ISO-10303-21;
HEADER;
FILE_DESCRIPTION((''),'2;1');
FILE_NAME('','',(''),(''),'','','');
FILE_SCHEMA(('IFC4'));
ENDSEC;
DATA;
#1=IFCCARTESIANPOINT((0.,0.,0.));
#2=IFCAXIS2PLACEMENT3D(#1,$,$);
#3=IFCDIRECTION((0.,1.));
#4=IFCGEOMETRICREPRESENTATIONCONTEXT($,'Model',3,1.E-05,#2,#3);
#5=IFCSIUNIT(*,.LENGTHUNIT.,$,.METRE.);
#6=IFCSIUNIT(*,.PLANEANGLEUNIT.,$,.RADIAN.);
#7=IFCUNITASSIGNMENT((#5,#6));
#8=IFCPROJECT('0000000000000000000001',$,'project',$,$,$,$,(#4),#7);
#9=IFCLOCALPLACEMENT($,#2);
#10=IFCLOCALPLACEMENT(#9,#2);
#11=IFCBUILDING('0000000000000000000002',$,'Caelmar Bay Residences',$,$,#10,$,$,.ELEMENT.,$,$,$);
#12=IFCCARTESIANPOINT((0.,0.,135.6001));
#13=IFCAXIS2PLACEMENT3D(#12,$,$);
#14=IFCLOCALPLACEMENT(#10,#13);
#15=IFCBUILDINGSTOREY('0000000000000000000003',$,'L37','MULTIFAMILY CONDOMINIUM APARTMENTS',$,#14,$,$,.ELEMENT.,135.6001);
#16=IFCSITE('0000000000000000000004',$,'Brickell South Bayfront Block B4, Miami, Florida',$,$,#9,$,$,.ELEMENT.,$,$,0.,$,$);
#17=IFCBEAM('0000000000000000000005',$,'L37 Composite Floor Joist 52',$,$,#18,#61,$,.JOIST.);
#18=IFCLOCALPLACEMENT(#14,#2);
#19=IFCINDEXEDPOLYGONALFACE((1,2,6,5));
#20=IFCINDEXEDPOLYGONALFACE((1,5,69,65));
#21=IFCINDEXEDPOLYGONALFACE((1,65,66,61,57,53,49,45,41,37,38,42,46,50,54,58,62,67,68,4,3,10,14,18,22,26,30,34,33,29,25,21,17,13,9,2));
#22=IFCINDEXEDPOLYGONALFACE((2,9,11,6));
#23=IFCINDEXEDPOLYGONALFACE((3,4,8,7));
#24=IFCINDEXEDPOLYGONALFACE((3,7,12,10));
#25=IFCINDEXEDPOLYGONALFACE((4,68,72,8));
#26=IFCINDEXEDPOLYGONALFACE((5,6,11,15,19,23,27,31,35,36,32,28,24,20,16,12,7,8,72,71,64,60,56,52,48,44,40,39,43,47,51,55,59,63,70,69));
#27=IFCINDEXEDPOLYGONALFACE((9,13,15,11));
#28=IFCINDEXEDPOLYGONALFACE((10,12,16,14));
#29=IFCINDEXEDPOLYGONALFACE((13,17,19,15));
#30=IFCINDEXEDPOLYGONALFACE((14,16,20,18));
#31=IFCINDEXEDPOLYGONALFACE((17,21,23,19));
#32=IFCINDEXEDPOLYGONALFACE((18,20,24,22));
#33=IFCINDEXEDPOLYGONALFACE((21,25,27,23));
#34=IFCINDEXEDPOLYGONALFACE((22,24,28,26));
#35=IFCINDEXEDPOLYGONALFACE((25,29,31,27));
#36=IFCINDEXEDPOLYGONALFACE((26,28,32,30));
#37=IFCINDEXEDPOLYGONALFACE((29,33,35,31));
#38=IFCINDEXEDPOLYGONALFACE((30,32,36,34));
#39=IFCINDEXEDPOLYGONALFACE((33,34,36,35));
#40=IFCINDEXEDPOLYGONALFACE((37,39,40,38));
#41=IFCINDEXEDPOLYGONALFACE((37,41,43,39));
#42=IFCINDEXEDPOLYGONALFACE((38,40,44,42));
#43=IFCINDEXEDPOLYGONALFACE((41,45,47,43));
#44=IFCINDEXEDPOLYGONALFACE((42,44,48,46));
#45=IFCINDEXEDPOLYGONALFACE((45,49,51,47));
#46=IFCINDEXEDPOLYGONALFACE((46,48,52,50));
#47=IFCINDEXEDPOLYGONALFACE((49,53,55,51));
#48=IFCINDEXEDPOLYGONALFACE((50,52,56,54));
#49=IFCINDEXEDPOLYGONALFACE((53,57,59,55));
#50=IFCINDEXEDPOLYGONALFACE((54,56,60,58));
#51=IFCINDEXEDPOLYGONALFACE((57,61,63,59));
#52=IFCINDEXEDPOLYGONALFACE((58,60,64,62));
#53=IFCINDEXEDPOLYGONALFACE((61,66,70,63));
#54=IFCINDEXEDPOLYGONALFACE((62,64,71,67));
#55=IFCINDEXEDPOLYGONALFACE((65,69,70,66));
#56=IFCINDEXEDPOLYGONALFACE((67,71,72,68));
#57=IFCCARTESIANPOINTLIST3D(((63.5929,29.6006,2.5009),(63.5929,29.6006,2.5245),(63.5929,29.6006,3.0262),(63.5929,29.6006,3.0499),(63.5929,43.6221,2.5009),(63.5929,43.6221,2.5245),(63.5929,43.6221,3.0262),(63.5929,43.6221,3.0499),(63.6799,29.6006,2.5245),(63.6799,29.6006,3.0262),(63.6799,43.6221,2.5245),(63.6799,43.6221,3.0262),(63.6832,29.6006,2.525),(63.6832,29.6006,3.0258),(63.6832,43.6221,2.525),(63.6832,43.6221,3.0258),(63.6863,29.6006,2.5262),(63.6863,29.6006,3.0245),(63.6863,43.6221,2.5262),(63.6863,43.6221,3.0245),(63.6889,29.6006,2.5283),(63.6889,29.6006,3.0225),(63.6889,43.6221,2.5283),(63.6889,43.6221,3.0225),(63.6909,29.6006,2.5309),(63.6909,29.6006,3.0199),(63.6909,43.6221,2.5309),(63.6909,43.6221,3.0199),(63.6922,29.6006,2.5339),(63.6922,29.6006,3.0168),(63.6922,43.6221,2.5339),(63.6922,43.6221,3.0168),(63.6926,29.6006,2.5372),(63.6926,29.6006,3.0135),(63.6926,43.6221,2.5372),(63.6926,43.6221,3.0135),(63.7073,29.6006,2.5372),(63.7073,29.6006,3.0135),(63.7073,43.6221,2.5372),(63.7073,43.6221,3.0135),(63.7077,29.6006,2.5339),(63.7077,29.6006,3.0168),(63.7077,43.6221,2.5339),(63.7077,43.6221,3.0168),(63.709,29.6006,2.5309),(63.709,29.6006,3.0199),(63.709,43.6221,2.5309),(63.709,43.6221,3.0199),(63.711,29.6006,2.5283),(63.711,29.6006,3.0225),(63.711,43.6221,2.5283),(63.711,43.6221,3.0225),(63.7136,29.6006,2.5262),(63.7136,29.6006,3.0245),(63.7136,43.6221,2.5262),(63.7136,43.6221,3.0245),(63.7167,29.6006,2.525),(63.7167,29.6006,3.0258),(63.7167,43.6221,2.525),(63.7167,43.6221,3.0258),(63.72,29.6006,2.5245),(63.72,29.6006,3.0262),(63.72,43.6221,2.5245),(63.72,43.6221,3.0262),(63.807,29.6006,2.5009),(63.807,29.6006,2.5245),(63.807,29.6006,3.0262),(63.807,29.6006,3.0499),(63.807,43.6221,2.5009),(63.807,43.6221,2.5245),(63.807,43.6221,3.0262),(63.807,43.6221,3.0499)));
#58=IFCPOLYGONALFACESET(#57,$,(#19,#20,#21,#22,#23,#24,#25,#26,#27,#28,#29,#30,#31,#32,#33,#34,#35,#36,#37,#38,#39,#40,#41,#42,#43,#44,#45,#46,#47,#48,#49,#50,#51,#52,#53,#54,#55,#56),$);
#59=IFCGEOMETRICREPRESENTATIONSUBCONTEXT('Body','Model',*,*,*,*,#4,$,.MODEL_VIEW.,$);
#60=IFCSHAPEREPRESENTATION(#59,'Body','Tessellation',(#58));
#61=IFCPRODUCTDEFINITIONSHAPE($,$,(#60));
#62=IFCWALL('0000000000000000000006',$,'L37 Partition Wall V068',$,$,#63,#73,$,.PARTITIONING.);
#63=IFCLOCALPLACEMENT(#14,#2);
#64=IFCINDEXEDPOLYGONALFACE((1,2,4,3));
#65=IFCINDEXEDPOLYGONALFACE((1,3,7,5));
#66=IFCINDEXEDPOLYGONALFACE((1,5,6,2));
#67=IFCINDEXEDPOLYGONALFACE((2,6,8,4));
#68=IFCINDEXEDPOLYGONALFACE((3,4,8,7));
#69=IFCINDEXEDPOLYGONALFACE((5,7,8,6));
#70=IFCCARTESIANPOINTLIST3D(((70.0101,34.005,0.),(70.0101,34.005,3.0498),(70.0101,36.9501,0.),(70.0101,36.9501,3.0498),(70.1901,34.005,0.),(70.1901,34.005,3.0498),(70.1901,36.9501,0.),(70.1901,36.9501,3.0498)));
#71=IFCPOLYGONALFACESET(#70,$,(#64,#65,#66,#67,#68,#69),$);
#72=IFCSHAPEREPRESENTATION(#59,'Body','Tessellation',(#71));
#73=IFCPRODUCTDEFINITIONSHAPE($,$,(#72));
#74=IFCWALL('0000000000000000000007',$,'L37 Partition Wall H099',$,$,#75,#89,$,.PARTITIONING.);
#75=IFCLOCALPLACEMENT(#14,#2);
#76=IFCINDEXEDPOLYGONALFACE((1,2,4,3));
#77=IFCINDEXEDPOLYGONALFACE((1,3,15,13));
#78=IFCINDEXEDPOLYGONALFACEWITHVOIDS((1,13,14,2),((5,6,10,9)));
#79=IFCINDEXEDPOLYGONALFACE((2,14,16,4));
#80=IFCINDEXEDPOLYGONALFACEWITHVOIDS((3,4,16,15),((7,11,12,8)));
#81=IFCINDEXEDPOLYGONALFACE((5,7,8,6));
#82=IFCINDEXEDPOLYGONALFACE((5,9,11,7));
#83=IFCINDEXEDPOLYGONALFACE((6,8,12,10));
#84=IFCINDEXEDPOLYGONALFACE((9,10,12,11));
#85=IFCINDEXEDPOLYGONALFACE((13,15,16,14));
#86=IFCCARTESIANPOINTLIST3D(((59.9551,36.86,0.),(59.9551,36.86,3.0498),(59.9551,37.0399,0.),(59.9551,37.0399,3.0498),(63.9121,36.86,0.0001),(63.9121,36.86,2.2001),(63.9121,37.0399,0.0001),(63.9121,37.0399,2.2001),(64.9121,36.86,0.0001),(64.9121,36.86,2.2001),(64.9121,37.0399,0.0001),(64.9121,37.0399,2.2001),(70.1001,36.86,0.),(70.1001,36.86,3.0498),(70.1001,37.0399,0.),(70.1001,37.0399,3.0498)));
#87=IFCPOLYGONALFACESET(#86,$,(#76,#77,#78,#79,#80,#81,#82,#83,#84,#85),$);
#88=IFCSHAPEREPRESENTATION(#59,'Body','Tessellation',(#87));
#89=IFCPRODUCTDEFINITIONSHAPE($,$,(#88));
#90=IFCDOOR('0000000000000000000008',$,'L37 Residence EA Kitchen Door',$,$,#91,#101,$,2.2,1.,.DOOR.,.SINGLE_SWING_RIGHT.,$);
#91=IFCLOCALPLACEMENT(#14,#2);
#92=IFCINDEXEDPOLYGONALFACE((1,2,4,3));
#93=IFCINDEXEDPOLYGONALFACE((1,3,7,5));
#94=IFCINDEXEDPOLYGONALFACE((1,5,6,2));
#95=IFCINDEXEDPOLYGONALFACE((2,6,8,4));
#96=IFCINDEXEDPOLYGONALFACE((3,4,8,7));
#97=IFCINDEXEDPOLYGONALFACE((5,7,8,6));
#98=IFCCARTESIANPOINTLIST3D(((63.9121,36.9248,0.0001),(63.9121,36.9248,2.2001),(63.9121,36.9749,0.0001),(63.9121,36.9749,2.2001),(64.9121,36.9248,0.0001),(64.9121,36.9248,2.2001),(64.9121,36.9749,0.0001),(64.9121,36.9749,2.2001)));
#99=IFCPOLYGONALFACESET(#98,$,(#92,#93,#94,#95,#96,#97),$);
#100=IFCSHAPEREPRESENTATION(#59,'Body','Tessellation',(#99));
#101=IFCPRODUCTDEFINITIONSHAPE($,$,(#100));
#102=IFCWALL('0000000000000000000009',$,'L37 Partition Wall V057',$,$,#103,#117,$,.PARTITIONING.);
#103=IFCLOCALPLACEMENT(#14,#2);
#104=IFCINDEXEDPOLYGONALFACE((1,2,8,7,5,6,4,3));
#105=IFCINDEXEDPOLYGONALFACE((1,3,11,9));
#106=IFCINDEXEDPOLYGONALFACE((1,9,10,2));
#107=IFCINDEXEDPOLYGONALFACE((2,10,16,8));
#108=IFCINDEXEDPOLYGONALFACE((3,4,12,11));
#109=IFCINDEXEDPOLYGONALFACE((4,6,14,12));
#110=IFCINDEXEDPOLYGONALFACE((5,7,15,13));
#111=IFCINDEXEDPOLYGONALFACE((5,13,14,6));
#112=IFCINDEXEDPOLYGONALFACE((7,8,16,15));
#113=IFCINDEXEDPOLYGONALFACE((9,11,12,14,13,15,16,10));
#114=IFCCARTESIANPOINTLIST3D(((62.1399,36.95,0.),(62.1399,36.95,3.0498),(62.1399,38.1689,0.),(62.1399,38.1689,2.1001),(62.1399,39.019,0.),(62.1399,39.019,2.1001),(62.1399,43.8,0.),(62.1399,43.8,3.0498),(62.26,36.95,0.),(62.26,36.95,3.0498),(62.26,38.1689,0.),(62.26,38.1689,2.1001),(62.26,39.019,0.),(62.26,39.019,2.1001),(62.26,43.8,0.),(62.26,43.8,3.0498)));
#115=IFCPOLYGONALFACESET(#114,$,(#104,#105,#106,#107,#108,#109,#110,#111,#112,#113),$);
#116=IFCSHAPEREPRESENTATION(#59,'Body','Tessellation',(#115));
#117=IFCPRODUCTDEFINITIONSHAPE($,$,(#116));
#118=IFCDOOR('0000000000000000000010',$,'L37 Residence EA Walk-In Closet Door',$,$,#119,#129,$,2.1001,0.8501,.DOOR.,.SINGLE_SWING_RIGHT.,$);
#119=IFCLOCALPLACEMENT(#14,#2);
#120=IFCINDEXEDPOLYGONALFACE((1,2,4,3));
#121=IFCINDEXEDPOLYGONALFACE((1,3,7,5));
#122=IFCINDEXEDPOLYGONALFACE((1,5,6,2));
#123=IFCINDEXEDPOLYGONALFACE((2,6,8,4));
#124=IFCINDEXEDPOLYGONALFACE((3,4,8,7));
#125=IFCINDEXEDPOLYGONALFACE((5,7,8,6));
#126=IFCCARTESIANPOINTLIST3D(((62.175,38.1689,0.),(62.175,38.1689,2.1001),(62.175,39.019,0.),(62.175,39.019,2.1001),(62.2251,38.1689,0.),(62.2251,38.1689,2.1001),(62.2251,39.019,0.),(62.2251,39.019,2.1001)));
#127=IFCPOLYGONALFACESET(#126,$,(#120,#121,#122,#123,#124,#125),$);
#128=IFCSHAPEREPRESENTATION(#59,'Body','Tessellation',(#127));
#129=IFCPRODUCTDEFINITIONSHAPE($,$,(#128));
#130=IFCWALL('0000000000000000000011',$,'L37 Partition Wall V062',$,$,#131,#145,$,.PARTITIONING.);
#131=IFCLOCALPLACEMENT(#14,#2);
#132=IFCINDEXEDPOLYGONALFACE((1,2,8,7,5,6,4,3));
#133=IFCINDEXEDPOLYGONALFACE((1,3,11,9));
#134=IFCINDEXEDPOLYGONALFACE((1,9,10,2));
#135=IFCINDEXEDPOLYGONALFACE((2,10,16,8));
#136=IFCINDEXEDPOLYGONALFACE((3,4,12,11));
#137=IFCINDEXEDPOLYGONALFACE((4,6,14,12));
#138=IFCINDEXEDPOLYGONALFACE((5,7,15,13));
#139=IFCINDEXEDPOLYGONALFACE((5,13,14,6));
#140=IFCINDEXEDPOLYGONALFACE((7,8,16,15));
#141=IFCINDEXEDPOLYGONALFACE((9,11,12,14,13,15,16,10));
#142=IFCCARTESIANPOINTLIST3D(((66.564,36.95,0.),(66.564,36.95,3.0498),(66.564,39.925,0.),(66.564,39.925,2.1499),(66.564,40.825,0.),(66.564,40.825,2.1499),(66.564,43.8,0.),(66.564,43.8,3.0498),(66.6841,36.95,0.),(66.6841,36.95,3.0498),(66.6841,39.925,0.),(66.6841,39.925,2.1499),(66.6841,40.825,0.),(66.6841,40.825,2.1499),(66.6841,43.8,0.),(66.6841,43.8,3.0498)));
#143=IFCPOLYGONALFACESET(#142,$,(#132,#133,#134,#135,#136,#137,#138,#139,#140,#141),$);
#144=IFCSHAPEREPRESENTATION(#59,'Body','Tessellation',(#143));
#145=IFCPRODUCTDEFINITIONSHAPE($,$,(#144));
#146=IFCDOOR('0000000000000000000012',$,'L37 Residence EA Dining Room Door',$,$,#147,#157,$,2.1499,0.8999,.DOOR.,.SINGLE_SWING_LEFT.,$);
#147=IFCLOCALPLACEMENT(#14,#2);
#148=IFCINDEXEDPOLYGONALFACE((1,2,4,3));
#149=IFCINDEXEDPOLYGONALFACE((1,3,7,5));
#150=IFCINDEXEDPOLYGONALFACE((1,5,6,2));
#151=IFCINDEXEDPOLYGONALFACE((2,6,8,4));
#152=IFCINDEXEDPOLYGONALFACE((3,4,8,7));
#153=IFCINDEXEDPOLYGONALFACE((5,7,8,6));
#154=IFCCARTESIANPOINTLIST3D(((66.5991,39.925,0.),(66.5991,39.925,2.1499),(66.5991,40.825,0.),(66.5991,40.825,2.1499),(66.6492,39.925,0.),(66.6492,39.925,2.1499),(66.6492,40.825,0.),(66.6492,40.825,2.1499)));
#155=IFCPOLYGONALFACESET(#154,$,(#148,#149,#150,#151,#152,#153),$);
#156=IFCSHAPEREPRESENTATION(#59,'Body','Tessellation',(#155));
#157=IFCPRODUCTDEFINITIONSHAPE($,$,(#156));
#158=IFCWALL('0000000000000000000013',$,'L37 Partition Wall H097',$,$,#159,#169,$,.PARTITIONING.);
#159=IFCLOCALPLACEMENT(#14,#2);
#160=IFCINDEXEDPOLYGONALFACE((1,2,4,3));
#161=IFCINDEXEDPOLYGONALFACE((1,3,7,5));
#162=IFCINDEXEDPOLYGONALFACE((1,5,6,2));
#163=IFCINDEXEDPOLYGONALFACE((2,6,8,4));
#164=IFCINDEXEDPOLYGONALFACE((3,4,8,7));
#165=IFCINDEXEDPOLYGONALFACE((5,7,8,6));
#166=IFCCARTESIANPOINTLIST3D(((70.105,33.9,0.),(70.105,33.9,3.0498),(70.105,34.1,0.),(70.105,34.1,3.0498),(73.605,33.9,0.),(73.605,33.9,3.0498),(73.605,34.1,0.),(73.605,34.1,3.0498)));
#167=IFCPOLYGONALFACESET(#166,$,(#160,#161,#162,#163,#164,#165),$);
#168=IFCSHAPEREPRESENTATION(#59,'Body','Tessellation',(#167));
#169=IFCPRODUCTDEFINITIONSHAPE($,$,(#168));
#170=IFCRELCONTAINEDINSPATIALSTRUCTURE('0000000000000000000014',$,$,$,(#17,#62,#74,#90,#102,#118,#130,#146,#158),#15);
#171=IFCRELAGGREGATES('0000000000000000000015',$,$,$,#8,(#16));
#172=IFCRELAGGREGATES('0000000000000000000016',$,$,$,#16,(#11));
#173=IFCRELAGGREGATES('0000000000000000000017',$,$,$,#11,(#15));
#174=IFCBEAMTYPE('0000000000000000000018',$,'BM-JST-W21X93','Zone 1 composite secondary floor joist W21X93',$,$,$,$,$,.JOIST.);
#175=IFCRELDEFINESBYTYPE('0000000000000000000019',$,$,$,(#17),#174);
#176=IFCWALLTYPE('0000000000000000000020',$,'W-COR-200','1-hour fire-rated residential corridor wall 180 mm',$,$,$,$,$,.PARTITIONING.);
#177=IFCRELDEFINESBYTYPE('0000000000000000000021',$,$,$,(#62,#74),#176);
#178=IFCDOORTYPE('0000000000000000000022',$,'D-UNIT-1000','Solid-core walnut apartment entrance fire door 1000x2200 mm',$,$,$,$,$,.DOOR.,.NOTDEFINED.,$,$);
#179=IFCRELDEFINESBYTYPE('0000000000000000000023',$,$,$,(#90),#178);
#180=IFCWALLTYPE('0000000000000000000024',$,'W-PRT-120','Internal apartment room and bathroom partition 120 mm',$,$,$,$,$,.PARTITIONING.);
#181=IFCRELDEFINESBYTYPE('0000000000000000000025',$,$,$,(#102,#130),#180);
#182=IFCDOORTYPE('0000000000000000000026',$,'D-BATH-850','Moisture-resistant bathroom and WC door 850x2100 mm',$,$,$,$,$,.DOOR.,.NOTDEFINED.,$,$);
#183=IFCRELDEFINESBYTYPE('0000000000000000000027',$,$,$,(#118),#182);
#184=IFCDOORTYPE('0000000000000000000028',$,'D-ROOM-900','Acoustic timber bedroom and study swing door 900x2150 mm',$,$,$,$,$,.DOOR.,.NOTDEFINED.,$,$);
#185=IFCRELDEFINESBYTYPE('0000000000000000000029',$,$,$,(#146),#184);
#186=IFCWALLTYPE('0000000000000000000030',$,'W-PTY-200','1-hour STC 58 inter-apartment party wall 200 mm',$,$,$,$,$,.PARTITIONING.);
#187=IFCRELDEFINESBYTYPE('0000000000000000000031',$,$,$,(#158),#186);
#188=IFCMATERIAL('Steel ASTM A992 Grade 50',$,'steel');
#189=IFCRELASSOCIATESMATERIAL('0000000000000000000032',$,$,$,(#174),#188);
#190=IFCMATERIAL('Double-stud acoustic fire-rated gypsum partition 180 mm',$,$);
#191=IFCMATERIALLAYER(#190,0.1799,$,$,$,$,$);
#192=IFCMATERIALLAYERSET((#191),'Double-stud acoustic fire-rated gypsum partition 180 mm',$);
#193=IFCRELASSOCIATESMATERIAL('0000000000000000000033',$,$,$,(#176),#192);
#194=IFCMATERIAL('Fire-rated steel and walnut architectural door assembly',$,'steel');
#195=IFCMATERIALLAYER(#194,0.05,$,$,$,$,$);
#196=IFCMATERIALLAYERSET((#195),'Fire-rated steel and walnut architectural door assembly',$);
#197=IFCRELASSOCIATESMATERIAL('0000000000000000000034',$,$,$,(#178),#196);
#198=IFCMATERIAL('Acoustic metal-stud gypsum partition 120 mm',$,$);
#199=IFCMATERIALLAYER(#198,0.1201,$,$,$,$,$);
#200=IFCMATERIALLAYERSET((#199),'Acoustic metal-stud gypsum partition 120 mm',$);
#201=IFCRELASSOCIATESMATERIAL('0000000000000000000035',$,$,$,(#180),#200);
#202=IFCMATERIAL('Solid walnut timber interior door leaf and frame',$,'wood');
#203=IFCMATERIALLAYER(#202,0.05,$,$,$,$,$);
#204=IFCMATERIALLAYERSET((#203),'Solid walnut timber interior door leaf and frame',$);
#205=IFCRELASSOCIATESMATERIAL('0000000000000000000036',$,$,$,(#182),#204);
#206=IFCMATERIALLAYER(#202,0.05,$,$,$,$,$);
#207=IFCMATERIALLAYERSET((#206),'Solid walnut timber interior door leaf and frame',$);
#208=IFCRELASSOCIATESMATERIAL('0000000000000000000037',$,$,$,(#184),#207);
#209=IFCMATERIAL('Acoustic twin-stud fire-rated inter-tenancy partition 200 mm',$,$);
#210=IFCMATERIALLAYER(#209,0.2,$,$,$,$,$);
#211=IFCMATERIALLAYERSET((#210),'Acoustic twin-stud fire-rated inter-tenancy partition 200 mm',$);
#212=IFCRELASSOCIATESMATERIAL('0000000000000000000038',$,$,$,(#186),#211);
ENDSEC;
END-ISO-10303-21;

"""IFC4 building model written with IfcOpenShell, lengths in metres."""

from ifc_helpers import new_model, si_unit, direction, frame, frame_2d, origin, origin_2d, place, context, subcontext, project, spatial, rectangle, i_section, extrude, material, layer, layer_set, material_profile, profile_set, type_object, element, fill, save


model = new_model("IFC4")

# Units and contexts
model_context = context("Model", 3, precision=1e-05, world=origin(), true_north=direction((0.0, 1.0)))
body_context = subcontext(model_context, "Body", "Model", "MODEL_VIEW")
ifc_project = project(units=[si_unit("LENGTHUNIT", "METRE"), si_unit("PLANEANGLEUNIT", "RADIAN")], contexts=[model_context])

# Site, building, storey
site_placement = place(None, origin())
site = spatial("IfcSite", under=ifc_project, at=site_placement, Name="Brickell South Bayfront Block B4, Miami, Florida", CompositionType="ELEMENT", RefElevation=0.0)
building_placement = place(site_placement, origin())
building = spatial("IfcBuilding", under=site, at=building_placement, Name="Caelmar Bay Residences", CompositionType="ELEMENT")
storey_placement = place(building_placement, frame((0.0, 0.0, 135.6001)))
storey = spatial("IfcBuildingStorey", under=building, at=storey_placement, Name="L37", Description="MULTIFAMILY CONDOMINIUM APARTMENTS", CompositionType="ELEMENT", Elevation=135.6001)

# Beam
ifc_material_1 = material(Name="Steel ASTM A992 Grade 50", Category="steel")
ifc_material_profile_1 = material_profile(ifc_material_1, i_section(OverallWidth=0.2141, OverallDepth=0.5491, WebThickness=0.0146, FlangeThickness=0.0237, FilletRadius=0.0127, at=origin_2d()), Name="W21X93")
ifc_profile_set_1 = profile_set([ifc_material_profile_1], Name="Steel ASTM A992 Grade 50")
beam_type_1 = type_object("IfcBeamType", Name="BM-JST-W21X93", Description="Zone 1 composite secondary floor joist W21X93", PredefinedType="JOIST", material=ifc_profile_set_1)
beam_1_placement = place(storey_placement, frame((63.7, 29.6006, 2.7754), z_axis=(0.0, 1.0, 0.0), x_axis=(-1.0, 0.0, 0.0)))
element("IfcBeam", 1, at=beam_1_placement, inside=storey, type_object=beam_type_1, Name="L37 Composite Floor Joist 52", PredefinedType="JOIST", context=body_context, shape_type="SweptSolid", body=[
    extrude(i_section(OverallWidth=0.2141, OverallDepth=0.5491, WebThickness=0.0146, FlangeThickness=0.0237, FilletRadius=0.0127, at=origin_2d()), origin(), (0.0, 0.0, 1.0), 14.0215),
])

# Wall
ifc_material_2 = material(Name="Double-stud acoustic fire-rated gypsum partition 180 mm")
ifc_layer_1 = layer(ifc_material_2, 0.1799)
ifc_layer_set_1 = layer_set([ifc_layer_1], Name="Double-stud acoustic fire-rated gypsum partition 180 mm")
wall_type_1 = type_object("IfcWallType", Name="W-COR-200", Description="1-hour fire-rated residential corridor wall 180 mm", PredefinedType="PARTITIONING", material=ifc_layer_set_1)
wall_1_placement = place(storey_placement, frame((70.1001, 34.0049, 0.0), z_axis=(0.0, 0.0, 1.0), x_axis=(0.0, 1.0, 0.0)))
element("IfcWall", 2, at=wall_1_placement, inside=storey, type_object=wall_type_1, Name="L37 Partition Wall V068", PredefinedType="PARTITIONING", context=body_context, shape_type="SweptSolid", body=[
    extrude(rectangle(XDim=2.9451, YDim=0.1799, at=frame_2d((1.4727, 0.0))), origin(), (0.0, 0.0, 1.0), 3.0498),
])

# Walls, openings, doors
wall_2_placement = place(storey_placement, frame((59.9551, 36.95, 0.0), z_axis=(0.0, 0.0, 1.0), x_axis=(1.0, 0.0, 0.0)))
wall_2 = element("IfcWall", 3, at=wall_2_placement, inside=storey, type_object=wall_type_1, Name="L37 Partition Wall H099", PredefinedType="PARTITIONING", context=body_context, shape_type="SweptSolid", body=[
    extrude(rectangle(XDim=10.145, YDim=0.1799, at=frame_2d((5.0725, 0.0))), origin(), (0.0, 0.0, 1.0), 3.0498),
])
opening_1_placement = place(wall_2_placement, frame((3.957, 0.0, 0.0)))
opening_1 = element("IfcOpeningElement", 4, at=opening_1_placement, cuts=wall_2, PredefinedType="OPENING", context=body_context, shape_type="SweptSolid", body=[
    extrude(rectangle(XDim=1.0, YDim=2.2, at=frame_2d((0.5, 1.1001))), frame((0.0, 0.0999, 0.0), z_axis=(0.0, -1.0, 0.0), x_axis=(1.0, 0.0, 0.0)), (0.0, 0.0, 1.0), 0.2),
])
ifc_material_3 = material(Name="Fire-rated steel and walnut architectural door assembly", Category="steel")
ifc_layer_2 = layer(ifc_material_3, 0.05)
ifc_layer_set_2 = layer_set([ifc_layer_2], Name="Fire-rated steel and walnut architectural door assembly")
door_type_1 = type_object("IfcDoorType", Name="D-UNIT-1000", Description="Solid-core walnut apartment entrance fire door 1000x2200 mm", OperationType="NOTDEFINED", PredefinedType="DOOR", material=ifc_layer_set_2)
door_1_placement = place(opening_1_placement, origin())
door_1 = element("IfcDoor", 5, at=door_1_placement, inside=storey, type_object=door_type_1, Name="L37 Residence EA Kitchen Door", OperationType="SINGLE_SWING_RIGHT", OverallHeight=2.2, OverallWidth=1.0, PredefinedType="DOOR", context=body_context, shape_type="SweptSolid", body=[
    extrude(rectangle(XDim=1.0, YDim=2.2, at=frame_2d((0.5, 1.1001))), frame((0.0, 0.0249, 0.0), z_axis=(0.0, -1.0, 0.0), x_axis=(1.0, 0.0, 0.0)), (0.0, 0.0, 1.0), 0.05),
])
fill(opening_1, door_1)
ifc_material_4 = material(Name="Acoustic metal-stud gypsum partition 120 mm")
ifc_layer_3 = layer(ifc_material_4, 0.1201)
ifc_layer_set_3 = layer_set([ifc_layer_3], Name="Acoustic metal-stud gypsum partition 120 mm")
wall_type_2 = type_object("IfcWallType", Name="W-PRT-120", Description="Internal apartment room and bathroom partition 120 mm", PredefinedType="PARTITIONING", material=ifc_layer_set_3)
wall_3_placement = place(storey_placement, frame((62.2, 36.95, 0.0), z_axis=(0.0, 0.0, 1.0), x_axis=(0.0, 1.0, 0.0)))
wall_3 = element("IfcWall", 6, at=wall_3_placement, inside=storey, type_object=wall_type_2, Name="L37 Partition Wall V057", PredefinedType="PARTITIONING", context=body_context, shape_type="SweptSolid", body=[
    extrude(rectangle(XDim=6.8501, YDim=0.1201, at=frame_2d((3.425, 0.0))), origin(), (0.0, 0.0, 1.0), 3.0498),
])
opening_2_placement = place(wall_3_placement, frame((1.219, 0.0, 0.0)))
opening_2 = element("IfcOpeningElement", 7, at=opening_2_placement, cuts=wall_3, PredefinedType="OPENING", context=body_context, shape_type="SweptSolid", body=[
    extrude(rectangle(XDim=0.8501, YDim=2.1001, at=frame_2d((0.425, 1.05))), frame((0.0, 0.0701, 0.0), z_axis=(0.0, -1.0, 0.0), x_axis=(1.0, 0.0, 0.0)), (0.0, 0.0, 1.0), 0.1401),
])
ifc_material_5 = material(Name="Solid walnut timber interior door leaf and frame", Category="wood")
ifc_layer_4 = layer(ifc_material_5, 0.05)
ifc_layer_set_4 = layer_set([ifc_layer_4], Name="Solid walnut timber interior door leaf and frame")
door_type_2 = type_object("IfcDoorType", Name="D-BATH-850", Description="Moisture-resistant bathroom and WC door 850x2100 mm", OperationType="NOTDEFINED", PredefinedType="DOOR", material=ifc_layer_set_4)
door_2_placement = place(opening_2_placement, origin())
door_2 = element("IfcDoor", 8, at=door_2_placement, inside=storey, type_object=door_type_2, Name="L37 Residence EA Walk-In Closet Door", OperationType="SINGLE_SWING_RIGHT", OverallHeight=2.1001, OverallWidth=0.8501, PredefinedType="DOOR", context=body_context, shape_type="SweptSolid", body=[
    extrude(rectangle(XDim=0.8501, YDim=2.1001, at=frame_2d((0.425, 1.05))), frame((0.0, 0.0249, 0.0), z_axis=(0.0, -1.0, 0.0), x_axis=(1.0, 0.0, 0.0)), (0.0, 0.0, 1.0), 0.05),
])
fill(opening_2, door_2)
wall_4_placement = place(storey_placement, frame((66.624, 36.95, 0.0), z_axis=(0.0, 0.0, 1.0), x_axis=(0.0, 1.0, 0.0)))
wall_4 = element("IfcWall", 9, at=wall_4_placement, inside=storey, type_object=wall_type_2, Name="L37 Partition Wall V062", PredefinedType="PARTITIONING", context=body_context, shape_type="SweptSolid", body=[
    extrude(rectangle(XDim=6.8501, YDim=0.1201, at=frame_2d((3.425, 0.0))), origin(), (0.0, 0.0, 1.0), 3.0498),
])
opening_3_placement = place(wall_4_placement, frame((2.9751, 0.0, 0.0)))
opening_3 = element("IfcOpeningElement", 10, at=opening_3_placement, cuts=wall_4, PredefinedType="OPENING", context=body_context, shape_type="SweptSolid", body=[
    extrude(rectangle(XDim=0.8999, YDim=2.1499, at=frame_2d((0.45, 1.075))), frame((0.0, 0.0701, 0.0), z_axis=(0.0, -1.0, 0.0), x_axis=(1.0, 0.0, 0.0)), (0.0, 0.0, 1.0), 0.1401),
])
ifc_layer_5 = layer(ifc_material_5, 0.05)
ifc_layer_set_5 = layer_set([ifc_layer_5], Name="Solid walnut timber interior door leaf and frame")
door_type_3 = type_object("IfcDoorType", Name="D-ROOM-900", Description="Acoustic timber bedroom and study swing door 900x2150 mm", OperationType="NOTDEFINED", PredefinedType="DOOR", material=ifc_layer_set_5)
door_3_placement = place(opening_3_placement, origin())
door_3 = element("IfcDoor", 11, at=door_3_placement, inside=storey, type_object=door_type_3, Name="L37 Residence EA Dining Room Door", OperationType="SINGLE_SWING_LEFT", OverallHeight=2.1499, OverallWidth=0.8999, PredefinedType="DOOR", context=body_context, shape_type="SweptSolid", body=[
    extrude(rectangle(XDim=0.8999, YDim=2.1499, at=frame_2d((0.45, 1.075))), frame((0.0, 0.0249, 0.0), z_axis=(0.0, -1.0, 0.0), x_axis=(1.0, 0.0, 0.0)), (0.0, 0.0, 1.0), 0.05),
])
fill(opening_3, door_3)

# Wall
ifc_material_6 = material(Name="Acoustic twin-stud fire-rated inter-tenancy partition 200 mm")
ifc_layer_6 = layer(ifc_material_6, 0.2)
ifc_layer_set_6 = layer_set([ifc_layer_6], Name="Acoustic twin-stud fire-rated inter-tenancy partition 200 mm")
wall_type_3 = type_object("IfcWallType", Name="W-PTY-200", Description="1-hour STC 58 inter-apartment party wall 200 mm", PredefinedType="PARTITIONING", material=ifc_layer_set_6)
wall_5_placement = place(storey_placement, frame((70.105, 34.0, 0.0), z_axis=(0.0, 0.0, 1.0), x_axis=(1.0, 0.0, 0.0)))
element("IfcWall", 12, at=wall_5_placement, inside=storey, type_object=wall_type_3, Name="L37 Partition Wall H097", PredefinedType="PARTITIONING", context=body_context, shape_type="SweptSolid", body=[
    extrude(rectangle(XDim=3.5, YDim=0.2, at=frame_2d((1.75, 0.0))), origin(), (0.0, 0.0, 1.0), 3.0498),
])

save(model, "model.ifc")
